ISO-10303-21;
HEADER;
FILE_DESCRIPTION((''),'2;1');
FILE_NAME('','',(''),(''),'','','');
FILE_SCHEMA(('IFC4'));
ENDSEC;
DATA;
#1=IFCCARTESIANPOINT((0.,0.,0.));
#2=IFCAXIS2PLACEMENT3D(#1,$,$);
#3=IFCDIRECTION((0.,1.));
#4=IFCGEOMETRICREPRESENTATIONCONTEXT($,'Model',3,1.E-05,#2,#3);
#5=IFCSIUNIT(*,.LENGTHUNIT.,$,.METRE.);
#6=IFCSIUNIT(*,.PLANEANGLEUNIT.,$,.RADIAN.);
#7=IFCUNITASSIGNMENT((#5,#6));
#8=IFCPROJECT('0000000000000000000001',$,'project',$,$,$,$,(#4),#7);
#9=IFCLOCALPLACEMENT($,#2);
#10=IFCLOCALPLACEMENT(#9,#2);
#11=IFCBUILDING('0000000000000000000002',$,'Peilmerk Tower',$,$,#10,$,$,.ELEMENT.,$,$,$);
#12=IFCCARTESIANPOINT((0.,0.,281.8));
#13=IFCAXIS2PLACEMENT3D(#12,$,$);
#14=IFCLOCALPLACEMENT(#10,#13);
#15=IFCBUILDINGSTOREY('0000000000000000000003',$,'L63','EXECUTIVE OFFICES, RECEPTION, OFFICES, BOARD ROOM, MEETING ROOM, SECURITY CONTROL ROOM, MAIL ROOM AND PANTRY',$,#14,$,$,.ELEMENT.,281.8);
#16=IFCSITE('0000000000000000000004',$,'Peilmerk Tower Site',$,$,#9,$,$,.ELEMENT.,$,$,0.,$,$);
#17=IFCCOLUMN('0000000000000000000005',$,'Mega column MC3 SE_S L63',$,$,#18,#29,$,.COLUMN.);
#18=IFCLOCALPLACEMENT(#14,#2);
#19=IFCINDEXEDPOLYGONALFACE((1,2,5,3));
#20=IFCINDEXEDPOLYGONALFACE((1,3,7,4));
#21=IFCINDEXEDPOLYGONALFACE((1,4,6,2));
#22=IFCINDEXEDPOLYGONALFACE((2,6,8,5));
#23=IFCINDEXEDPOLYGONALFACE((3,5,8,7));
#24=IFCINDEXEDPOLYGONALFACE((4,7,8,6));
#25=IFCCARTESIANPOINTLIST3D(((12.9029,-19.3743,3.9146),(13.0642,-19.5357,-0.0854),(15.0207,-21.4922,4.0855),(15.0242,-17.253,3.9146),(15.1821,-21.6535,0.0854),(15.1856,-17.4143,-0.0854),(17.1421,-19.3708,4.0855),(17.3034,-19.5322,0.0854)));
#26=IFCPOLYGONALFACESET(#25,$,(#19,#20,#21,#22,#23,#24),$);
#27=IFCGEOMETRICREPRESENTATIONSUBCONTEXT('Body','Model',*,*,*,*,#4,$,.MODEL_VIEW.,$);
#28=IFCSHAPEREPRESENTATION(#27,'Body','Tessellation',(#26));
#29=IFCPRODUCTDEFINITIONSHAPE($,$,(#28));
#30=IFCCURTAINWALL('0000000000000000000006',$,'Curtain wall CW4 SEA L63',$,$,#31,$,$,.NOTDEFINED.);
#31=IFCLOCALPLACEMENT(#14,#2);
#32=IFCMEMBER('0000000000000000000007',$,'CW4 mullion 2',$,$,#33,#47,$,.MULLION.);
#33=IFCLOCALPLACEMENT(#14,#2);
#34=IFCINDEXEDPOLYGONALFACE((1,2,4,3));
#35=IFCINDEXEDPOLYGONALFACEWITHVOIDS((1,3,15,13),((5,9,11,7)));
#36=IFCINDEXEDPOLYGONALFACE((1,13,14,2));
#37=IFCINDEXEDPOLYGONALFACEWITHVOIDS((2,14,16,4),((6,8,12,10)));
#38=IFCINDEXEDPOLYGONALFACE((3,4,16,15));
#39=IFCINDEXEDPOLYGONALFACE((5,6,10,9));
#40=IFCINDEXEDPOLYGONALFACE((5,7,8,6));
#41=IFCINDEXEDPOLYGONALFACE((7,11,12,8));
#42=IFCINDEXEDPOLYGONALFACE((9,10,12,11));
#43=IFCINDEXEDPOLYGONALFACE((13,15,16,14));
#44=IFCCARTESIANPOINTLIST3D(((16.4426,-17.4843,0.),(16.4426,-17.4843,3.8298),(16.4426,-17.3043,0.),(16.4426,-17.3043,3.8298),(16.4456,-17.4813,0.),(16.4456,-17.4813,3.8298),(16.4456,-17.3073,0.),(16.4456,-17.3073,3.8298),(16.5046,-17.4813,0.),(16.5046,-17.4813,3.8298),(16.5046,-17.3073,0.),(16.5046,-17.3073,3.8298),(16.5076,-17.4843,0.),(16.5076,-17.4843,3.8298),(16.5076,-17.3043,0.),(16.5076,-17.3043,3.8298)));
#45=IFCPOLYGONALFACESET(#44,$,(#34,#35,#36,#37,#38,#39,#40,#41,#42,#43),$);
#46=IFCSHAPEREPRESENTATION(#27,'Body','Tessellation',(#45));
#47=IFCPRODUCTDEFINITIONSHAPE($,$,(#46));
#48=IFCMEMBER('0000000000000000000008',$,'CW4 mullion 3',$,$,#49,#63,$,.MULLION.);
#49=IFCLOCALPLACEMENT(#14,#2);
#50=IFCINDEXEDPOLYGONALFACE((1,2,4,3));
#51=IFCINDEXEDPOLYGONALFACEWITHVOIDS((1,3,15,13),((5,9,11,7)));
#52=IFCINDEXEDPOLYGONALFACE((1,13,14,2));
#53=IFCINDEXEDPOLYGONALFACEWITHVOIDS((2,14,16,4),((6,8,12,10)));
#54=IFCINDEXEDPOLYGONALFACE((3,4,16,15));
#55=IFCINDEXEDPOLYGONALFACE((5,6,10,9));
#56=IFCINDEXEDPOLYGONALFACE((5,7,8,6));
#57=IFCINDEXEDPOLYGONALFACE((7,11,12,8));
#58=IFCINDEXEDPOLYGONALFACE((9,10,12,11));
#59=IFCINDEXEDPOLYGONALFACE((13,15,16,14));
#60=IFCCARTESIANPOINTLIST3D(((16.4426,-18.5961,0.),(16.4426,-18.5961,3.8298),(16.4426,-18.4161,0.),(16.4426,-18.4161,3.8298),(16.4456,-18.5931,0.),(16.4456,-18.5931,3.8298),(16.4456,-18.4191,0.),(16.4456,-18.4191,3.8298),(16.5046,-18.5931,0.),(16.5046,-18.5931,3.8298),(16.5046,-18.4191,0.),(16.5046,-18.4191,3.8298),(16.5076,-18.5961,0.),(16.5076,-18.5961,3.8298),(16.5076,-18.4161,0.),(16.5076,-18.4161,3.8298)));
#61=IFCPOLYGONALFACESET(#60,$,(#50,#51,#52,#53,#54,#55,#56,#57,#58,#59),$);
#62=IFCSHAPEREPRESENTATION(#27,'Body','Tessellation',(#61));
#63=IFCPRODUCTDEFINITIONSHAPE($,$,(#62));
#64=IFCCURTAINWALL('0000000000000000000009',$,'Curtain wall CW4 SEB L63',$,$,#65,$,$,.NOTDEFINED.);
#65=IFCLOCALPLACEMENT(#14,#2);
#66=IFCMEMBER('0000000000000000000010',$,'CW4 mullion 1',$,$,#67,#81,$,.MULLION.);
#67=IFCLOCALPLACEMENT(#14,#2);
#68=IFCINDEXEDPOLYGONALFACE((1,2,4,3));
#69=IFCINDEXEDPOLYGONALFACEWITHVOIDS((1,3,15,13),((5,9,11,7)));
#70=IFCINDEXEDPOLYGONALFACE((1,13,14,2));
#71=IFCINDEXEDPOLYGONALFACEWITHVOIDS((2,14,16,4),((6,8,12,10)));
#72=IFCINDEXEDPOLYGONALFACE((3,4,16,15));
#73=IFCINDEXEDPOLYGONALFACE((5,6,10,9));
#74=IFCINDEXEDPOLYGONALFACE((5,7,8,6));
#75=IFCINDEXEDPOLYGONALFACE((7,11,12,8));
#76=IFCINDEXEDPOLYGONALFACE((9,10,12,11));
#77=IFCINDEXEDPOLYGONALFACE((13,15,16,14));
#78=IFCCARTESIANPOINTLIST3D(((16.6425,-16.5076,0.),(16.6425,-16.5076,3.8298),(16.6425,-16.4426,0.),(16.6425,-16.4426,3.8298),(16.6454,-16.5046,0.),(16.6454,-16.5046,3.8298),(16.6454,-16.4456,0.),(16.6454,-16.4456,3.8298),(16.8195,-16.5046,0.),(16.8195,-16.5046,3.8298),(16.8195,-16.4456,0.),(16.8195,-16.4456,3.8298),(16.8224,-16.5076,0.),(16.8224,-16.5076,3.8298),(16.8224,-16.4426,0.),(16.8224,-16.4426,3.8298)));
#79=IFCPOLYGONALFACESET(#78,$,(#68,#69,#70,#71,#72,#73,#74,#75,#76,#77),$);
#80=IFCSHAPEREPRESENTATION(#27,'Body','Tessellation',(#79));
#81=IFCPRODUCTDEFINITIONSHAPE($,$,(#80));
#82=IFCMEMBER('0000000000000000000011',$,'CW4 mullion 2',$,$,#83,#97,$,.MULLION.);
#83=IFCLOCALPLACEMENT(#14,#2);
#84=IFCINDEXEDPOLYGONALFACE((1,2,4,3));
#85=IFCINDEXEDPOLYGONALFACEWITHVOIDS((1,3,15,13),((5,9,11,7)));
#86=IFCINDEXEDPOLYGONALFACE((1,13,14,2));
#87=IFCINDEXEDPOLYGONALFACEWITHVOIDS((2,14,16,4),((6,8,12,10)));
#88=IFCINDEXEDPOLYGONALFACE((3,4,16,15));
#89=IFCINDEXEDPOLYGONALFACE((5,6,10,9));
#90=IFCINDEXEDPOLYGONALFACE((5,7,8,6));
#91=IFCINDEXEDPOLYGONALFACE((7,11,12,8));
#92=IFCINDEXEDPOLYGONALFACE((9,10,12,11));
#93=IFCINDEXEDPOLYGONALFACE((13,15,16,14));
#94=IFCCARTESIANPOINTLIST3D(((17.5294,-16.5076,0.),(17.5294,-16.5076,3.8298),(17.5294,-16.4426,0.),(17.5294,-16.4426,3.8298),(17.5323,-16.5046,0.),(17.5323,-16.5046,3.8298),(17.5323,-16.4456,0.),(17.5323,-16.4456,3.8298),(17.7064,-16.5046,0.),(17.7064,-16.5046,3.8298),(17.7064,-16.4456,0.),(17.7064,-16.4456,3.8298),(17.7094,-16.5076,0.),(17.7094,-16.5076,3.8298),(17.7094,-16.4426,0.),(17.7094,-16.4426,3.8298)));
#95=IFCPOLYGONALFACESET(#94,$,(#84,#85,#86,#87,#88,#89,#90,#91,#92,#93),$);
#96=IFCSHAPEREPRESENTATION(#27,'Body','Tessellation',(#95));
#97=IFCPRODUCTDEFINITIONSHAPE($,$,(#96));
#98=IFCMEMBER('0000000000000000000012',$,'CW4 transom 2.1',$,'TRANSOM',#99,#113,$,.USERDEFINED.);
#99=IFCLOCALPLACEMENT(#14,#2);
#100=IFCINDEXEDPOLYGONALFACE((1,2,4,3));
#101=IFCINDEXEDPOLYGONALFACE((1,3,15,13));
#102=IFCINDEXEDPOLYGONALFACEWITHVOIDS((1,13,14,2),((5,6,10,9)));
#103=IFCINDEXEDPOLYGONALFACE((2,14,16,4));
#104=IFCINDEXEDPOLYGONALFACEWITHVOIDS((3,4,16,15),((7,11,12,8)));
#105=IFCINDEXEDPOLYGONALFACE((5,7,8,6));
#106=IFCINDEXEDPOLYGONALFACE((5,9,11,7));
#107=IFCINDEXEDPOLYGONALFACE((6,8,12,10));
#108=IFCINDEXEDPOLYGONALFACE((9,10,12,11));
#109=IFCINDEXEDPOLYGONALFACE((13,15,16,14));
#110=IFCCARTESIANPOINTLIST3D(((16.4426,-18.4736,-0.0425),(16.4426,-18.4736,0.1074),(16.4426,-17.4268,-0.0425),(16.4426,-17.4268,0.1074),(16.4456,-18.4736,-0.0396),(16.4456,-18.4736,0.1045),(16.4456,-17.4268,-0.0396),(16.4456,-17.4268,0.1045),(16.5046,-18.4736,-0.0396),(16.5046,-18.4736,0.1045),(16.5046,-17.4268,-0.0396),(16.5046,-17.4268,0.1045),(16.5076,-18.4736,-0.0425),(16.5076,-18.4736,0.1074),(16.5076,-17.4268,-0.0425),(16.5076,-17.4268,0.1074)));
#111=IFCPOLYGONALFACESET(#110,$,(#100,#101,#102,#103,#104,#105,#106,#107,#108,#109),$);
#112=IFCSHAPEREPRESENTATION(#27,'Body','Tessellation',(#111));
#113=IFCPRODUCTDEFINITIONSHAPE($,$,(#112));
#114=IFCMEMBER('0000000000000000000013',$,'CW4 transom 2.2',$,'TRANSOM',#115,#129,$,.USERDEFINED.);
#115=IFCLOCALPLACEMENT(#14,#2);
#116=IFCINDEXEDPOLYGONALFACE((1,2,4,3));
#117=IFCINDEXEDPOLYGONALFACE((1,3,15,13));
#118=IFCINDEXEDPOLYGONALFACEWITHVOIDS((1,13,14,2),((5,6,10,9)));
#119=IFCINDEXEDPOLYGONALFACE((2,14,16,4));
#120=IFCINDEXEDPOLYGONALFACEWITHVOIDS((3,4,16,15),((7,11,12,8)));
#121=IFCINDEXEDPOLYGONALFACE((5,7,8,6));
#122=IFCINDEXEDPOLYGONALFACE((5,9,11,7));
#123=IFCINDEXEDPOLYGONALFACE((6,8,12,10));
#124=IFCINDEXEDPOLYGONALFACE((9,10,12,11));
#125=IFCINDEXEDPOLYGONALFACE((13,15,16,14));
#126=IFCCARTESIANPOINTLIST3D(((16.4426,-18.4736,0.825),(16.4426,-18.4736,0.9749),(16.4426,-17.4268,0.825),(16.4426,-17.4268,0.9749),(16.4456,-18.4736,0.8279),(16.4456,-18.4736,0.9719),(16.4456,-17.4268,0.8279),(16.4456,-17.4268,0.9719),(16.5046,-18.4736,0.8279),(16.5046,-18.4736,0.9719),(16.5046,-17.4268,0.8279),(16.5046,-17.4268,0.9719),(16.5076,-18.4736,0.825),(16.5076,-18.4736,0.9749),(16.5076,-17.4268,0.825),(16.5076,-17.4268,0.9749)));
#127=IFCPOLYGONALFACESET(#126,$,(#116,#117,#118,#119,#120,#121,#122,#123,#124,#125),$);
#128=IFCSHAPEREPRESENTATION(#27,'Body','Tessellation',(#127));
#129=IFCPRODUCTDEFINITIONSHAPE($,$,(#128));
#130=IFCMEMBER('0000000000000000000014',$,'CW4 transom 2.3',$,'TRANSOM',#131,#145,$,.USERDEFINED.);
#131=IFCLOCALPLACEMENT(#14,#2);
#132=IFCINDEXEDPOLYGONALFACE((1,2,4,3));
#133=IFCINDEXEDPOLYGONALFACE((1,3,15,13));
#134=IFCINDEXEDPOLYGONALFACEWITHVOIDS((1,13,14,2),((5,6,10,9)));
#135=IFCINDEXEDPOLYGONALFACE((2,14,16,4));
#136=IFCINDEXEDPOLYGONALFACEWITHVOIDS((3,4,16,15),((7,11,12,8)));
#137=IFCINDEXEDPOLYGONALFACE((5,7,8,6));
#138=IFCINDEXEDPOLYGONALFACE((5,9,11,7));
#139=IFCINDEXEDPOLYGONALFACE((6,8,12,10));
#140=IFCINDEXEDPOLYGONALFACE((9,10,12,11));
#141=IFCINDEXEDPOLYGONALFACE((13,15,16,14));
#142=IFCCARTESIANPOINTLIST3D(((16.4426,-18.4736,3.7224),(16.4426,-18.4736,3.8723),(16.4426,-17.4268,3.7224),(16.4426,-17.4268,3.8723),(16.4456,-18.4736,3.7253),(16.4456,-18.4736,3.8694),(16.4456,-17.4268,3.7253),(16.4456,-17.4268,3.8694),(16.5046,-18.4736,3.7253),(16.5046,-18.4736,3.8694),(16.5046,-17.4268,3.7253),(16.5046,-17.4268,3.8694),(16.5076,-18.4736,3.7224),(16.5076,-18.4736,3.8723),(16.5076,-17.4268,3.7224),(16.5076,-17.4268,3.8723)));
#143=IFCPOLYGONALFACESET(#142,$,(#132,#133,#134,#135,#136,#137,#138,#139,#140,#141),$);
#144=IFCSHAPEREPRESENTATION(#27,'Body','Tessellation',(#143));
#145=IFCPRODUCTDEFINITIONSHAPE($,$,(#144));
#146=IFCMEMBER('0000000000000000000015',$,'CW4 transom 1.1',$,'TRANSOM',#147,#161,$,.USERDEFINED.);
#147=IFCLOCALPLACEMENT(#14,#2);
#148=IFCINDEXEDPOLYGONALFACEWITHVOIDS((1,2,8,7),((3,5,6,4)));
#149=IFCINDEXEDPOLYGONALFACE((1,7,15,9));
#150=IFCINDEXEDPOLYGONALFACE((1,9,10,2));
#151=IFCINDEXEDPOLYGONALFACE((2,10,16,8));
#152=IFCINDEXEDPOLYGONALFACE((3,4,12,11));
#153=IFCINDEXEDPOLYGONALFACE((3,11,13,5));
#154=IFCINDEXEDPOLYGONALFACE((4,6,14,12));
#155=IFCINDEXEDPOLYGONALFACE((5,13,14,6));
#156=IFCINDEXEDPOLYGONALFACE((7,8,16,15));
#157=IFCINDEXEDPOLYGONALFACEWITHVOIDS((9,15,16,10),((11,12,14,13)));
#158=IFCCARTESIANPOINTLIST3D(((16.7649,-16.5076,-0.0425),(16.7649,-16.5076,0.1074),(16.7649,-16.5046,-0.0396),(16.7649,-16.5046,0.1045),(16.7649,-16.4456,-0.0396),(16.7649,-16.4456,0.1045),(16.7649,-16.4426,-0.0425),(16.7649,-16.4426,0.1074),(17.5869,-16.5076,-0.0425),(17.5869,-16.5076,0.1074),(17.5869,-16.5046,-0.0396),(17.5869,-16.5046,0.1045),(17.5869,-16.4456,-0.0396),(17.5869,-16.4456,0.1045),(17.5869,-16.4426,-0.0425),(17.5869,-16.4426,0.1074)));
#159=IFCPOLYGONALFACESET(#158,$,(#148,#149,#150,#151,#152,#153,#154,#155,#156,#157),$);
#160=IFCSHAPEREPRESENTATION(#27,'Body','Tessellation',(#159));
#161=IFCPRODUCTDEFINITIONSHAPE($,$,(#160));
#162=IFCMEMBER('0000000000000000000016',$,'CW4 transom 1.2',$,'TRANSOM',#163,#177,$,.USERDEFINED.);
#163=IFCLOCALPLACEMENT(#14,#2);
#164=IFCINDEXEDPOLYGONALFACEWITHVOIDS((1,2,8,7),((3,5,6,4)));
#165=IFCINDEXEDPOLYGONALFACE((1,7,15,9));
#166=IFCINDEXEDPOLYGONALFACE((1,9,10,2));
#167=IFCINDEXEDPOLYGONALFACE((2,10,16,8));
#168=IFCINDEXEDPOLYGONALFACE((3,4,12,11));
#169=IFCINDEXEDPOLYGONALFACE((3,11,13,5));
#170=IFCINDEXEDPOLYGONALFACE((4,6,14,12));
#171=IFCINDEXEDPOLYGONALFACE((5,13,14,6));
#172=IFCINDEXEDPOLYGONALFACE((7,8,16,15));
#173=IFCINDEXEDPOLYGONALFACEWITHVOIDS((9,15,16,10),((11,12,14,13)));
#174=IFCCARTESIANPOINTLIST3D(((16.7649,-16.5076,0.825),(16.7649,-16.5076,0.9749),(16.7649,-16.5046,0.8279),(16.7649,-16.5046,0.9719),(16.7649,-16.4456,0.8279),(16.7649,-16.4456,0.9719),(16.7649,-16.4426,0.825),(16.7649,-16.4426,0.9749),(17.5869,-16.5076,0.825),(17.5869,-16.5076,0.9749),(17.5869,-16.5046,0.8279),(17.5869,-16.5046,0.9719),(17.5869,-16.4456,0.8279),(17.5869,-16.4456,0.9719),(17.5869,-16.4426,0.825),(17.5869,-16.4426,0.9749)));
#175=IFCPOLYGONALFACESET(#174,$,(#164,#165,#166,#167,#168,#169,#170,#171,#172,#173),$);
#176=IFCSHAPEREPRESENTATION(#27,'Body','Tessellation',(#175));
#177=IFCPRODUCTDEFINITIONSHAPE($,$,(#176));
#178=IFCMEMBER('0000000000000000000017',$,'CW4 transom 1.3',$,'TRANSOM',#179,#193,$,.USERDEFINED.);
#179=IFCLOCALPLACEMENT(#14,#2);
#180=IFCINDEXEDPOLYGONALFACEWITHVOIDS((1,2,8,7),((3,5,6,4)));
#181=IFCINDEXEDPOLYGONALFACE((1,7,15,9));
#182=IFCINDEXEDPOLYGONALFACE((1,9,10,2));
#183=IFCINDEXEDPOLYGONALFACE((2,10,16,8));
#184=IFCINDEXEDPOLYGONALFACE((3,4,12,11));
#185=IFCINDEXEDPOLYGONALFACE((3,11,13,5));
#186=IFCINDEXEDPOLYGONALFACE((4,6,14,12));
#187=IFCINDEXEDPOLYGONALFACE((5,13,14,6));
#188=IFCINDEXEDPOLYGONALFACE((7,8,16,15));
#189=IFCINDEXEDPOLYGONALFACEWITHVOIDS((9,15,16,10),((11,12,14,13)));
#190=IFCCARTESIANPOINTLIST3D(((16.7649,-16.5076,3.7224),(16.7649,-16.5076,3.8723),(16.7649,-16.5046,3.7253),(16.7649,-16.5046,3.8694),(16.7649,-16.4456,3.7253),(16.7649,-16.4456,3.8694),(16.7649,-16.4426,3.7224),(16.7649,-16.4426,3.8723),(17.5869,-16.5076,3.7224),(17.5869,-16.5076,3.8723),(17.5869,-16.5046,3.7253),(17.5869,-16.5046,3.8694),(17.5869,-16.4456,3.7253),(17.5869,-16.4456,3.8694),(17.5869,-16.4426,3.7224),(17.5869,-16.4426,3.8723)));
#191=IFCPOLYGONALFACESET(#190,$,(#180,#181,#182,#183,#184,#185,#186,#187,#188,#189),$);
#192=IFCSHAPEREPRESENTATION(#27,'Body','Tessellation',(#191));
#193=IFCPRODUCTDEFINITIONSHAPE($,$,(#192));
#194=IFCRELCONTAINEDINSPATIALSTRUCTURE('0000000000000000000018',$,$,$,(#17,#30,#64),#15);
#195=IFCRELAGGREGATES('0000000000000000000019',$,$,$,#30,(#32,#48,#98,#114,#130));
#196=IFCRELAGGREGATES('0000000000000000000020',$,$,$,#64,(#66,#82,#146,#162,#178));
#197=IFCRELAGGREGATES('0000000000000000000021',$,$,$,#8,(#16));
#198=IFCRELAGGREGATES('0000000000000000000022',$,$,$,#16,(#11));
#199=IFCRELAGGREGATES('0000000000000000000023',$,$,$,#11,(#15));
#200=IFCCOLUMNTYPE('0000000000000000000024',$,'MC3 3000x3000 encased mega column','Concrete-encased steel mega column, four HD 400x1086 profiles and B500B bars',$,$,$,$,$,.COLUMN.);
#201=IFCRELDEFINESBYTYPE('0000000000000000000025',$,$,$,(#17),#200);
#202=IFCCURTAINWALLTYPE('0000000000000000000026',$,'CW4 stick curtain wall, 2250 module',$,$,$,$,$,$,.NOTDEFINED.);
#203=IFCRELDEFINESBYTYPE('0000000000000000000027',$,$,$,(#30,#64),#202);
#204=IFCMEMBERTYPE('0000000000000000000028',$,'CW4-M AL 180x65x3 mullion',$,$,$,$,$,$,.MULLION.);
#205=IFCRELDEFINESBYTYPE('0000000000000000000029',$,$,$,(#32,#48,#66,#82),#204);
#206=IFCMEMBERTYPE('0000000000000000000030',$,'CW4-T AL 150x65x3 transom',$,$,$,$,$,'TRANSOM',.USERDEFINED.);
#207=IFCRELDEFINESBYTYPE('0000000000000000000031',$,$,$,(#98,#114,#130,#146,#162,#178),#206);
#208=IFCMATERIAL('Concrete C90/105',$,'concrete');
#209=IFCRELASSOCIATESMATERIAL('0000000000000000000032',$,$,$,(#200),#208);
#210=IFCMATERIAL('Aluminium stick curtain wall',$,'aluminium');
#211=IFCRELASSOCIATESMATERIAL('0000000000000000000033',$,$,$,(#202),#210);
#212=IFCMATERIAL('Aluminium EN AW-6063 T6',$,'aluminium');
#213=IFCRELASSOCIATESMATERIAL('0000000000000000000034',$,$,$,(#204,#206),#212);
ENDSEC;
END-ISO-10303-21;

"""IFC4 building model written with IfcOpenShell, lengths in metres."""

from ifc_helpers import new_model, si_unit, direction, frame, origin, origin_2d, place, context, subcontext, project, spatial, rectangle, hollow_rectangle, extrude, material, material_profile, profile_set, type_object, element, aggregate, save


model = new_model("IFC4")

# Units and contexts
model_context = context("Model", 3, precision=1e-05, world=origin(), true_north=direction((0.0, 1.0)))
body_context = subcontext(model_context, "Body", "Model", "MODEL_VIEW")
ifc_project = project(units=[si_unit("LENGTHUNIT", "METRE"), si_unit("PLANEANGLEUNIT", "RADIAN")], contexts=[model_context])

# Site, building, storey
site_placement = place(None, origin())
site = spatial("IfcSite", under=ifc_project, at=site_placement, Name="Peilmerk Tower Site", CompositionType="ELEMENT", RefElevation=0.0)
building_placement = place(site_placement, origin())
building = spatial("IfcBuilding", under=site, at=building_placement, Name="Peilmerk Tower", CompositionType="ELEMENT")
storey_placement = place(building_placement, frame((0.0, 0.0, 281.8)))
storey = spatial("IfcBuildingStorey", under=building, at=storey_placement, Name="L63", Description="EXECUTIVE OFFICES, RECEPTION, OFFICES, BOARD ROOM, MEETING ROOM, SECURITY CONTROL ROOM, MAIL ROOM AND PANTRY", CompositionType="ELEMENT", Elevation=281.8)

# Column
ifc_material_1 = material(Name="Concrete C90/105", Category="concrete")
ifc_material_profile_1 = material_profile(ifc_material_1, rectangle(XDim=3.0, YDim=3.0, at=origin_2d()), Name="RC 3000x3000")
ifc_profile_set_1 = profile_set([ifc_material_profile_1], Name="Concrete C90/105")
column_type = type_object("IfcColumnType", Name="MC3 3000x3000 encased mega column", Description="Concrete-encased steel mega column, four HD 400x1086 profiles and B500B bars", PredefinedType="COLUMN", material=ifc_profile_set_1)
column_placement = place(storey_placement, frame((15.1838, -19.5339, 0.0), z_axis=(-0.040279, 0.040279, 0.998376), x_axis=(-0.707107, -0.707107, 0.0)))
element("IfcColumn", 1, at=column_placement, inside=storey, type_object=column_type, Name="Mega column MC3 SE_S L63", PredefinedType="COLUMN", context=body_context, shape_type="SweptSolid", body=[
    extrude(rectangle(XDim=3.0, YDim=3.0, at=origin_2d()), origin(), (0.0, 0.0, 1.0), 4.0066),
])

# Curtain walls, members
ifc_material_2 = material(Name="Aluminium stick curtain wall", Category="aluminium")
curtain_wall_type = type_object("IfcCurtainWallType", Name="CW4 stick curtain wall, 2250 module", PredefinedType="NOTDEFINED", material=ifc_material_2)
curtain_wall_1_placement = place(storey_placement, origin())
curtain_wall_1 = element("IfcCurtainWall", 2, at=curtain_wall_1_placement, inside=storey, type_object=curtain_wall_type, Name="Curtain wall CW4 SEA L63", PredefinedType="NOTDEFINED")
ifc_material_3 = material(Name="Aluminium EN AW-6063 T6", Category="aluminium")
ifc_material_profile_2 = material_profile(ifc_material_3, hollow_rectangle(XDim=0.0649, YDim=0.1799, WallThickness=0.0029, at=origin_2d()), Name="AL 180x65x3")
ifc_profile_set_2 = profile_set([ifc_material_profile_2], Name="Aluminium EN AW-6063 T6")
member_type_1 = type_object("IfcMemberType", Name="CW4-M AL 180x65x3 mullion", PredefinedType="MULLION", material=ifc_profile_set_2)
member_1_placement = place(storey_placement, frame((16.4751, -17.3943, 0.0), z_axis=(0.0, 0.0, 1.0), x_axis=(1.0, 0.0, 0.0)))
member_1 = element("IfcMember", 3, at=member_1_placement, type_object=member_type_1, Name="CW4 mullion 2", PredefinedType="MULLION", context=body_context, shape_type="SweptSolid", body=[
    extrude(hollow_rectangle(XDim=0.0649, YDim=0.1799, WallThickness=0.0029, at=origin_2d()), origin(), (0.0, 0.0, 1.0), 3.8298),
])
member_2_placement = place(storey_placement, frame((16.4751, -18.5061, 0.0), z_axis=(0.0, 0.0, 1.0), x_axis=(1.0, 0.0, 0.0)))
member_2 = element("IfcMember", 4, at=member_2_placement, type_object=member_type_1, Name="CW4 mullion 3", PredefinedType="MULLION", context=body_context, shape_type="SweptSolid", body=[
    extrude(hollow_rectangle(XDim=0.0649, YDim=0.1799, WallThickness=0.0029, at=origin_2d()), origin(), (0.0, 0.0, 1.0), 3.8298),
])
curtain_wall_2_placement = place(storey_placement, origin())
curtain_wall_2 = element("IfcCurtainWall", 5, at=curtain_wall_2_placement, inside=storey, type_object=curtain_wall_type, Name="Curtain wall CW4 SEB L63", PredefinedType="NOTDEFINED")
member_3_placement = place(storey_placement, frame((16.7324, -16.4751, 0.0), z_axis=(0.0, 0.0, 1.0), x_axis=(0.0, 1.0, 0.0)))
member_3 = element("IfcMember", 6, at=member_3_placement, type_object=member_type_1, Name="CW4 mullion 1", PredefinedType="MULLION", context=body_context, shape_type="SweptSolid", body=[
    extrude(hollow_rectangle(XDim=0.0649, YDim=0.1799, WallThickness=0.0029, at=origin_2d()), origin(), (0.0, 0.0, 1.0), 3.8298),
])
member_4_placement = place(storey_placement, frame((17.6194, -16.4751, 0.0), z_axis=(0.0, 0.0, 1.0), x_axis=(0.0, 1.0, 0.0)))
member_4 = element("IfcMember", 7, at=member_4_placement, type_object=member_type_1, Name="CW4 mullion 2", PredefinedType="MULLION", context=body_context, shape_type="SweptSolid", body=[
    extrude(hollow_rectangle(XDim=0.0649, YDim=0.1799, WallThickness=0.0029, at=origin_2d()), origin(), (0.0, 0.0, 1.0), 3.8298),
])

# Members
ifc_material_profile_3 = material_profile(ifc_material_3, hollow_rectangle(XDim=0.0649, YDim=0.1499, WallThickness=0.0029, at=origin_2d()), Name="AL 150x65x3")
ifc_profile_set_3 = profile_set([ifc_material_profile_3], Name="Aluminium EN AW-6063 T6")
member_type_2 = type_object("IfcMemberType", Name="CW4-T AL 150x65x3 transom", ElementType="TRANSOM", PredefinedType="USERDEFINED", material=ifc_profile_set_3)
member_5_placement = place(storey_placement, frame((16.4751, -17.4268, 0.0325), z_axis=(0.0, -1.0, 0.0), x_axis=(1.0, 0.0, 0.0)))
member_5 = element("IfcMember", 8, at=member_5_placement, type_object=member_type_2, Name="CW4 transom 2.1", ObjectType="TRANSOM", PredefinedType="USERDEFINED", context=body_context, shape_type="SweptSolid", body=[
    extrude(hollow_rectangle(XDim=0.0649, YDim=0.1499, WallThickness=0.0029, at=origin_2d()), origin(), (0.0, 0.0, 1.0), 1.0469),
])
member_6_placement = place(storey_placement, frame((16.4751, -17.4268, 0.8999), z_axis=(0.0, -1.0, 0.0), x_axis=(1.0, 0.0, 0.0)))
member_6 = element("IfcMember", 9, at=member_6_placement, type_object=member_type_2, Name="CW4 transom 2.2", ObjectType="TRANSOM", PredefinedType="USERDEFINED", context=body_context, shape_type="SweptSolid", body=[
    extrude(hollow_rectangle(XDim=0.0649, YDim=0.1499, WallThickness=0.0029, at=origin_2d()), origin(), (0.0, 0.0, 1.0), 1.0469),
])
member_7_placement = place(storey_placement, frame((16.4751, -17.4268, 3.7974), z_axis=(0.0, -1.0, 0.0), x_axis=(1.0, 0.0, 0.0)))
member_7 = element("IfcMember", 10, at=member_7_placement, type_object=member_type_2, Name="CW4 transom 2.3", ObjectType="TRANSOM", PredefinedType="USERDEFINED", context=body_context, shape_type="SweptSolid", body=[
    extrude(hollow_rectangle(XDim=0.0649, YDim=0.1499, WallThickness=0.0029, at=origin_2d()), origin(), (0.0, 0.0, 1.0), 1.0469),
])
member_8_placement = place(storey_placement, frame((16.7649, -16.4751, 0.0325), z_axis=(1.0, 0.0, 0.0), x_axis=(0.0, 1.0, 0.0)))
member_8 = element("IfcMember", 11, at=member_8_placement, type_object=member_type_2, Name="CW4 transom 1.1", ObjectType="TRANSOM", PredefinedType="USERDEFINED", context=body_context, shape_type="SweptSolid", body=[
    extrude(hollow_rectangle(XDim=0.0649, YDim=0.1499, WallThickness=0.0029, at=origin_2d()), origin(), (0.0, 0.0, 1.0), 0.822),
])
member_9_placement = place(storey_placement, frame((16.7649, -16.4751, 0.8999), z_axis=(1.0, 0.0, 0.0), x_axis=(0.0, 1.0, 0.0)))
member_9 = element("IfcMember", 12, at=member_9_placement, type_object=member_type_2, Name="CW4 transom 1.2", ObjectType="TRANSOM", PredefinedType="USERDEFINED", context=body_context, shape_type="SweptSolid", body=[
    extrude(hollow_rectangle(XDim=0.0649, YDim=0.1499, WallThickness=0.0029, at=origin_2d()), origin(), (0.0, 0.0, 1.0), 0.822),
])
member_10_placement = place(storey_placement, frame((16.7649, -16.4751, 3.7974), z_axis=(1.0, 0.0, 0.0), x_axis=(0.0, 1.0, 0.0)))
member_10 = element("IfcMember", 13, at=member_10_placement, type_object=member_type_2, Name="CW4 transom 1.3", ObjectType="TRANSOM", PredefinedType="USERDEFINED", context=body_context, shape_type="SweptSolid", body=[
    extrude(hollow_rectangle(XDim=0.0649, YDim=0.1499, WallThickness=0.0029, at=origin_2d()), origin(), (0.0, 0.0, 1.0), 0.822),
])

aggregate(curtain_wall_1, [member_1, member_2, member_5, member_6, member_7])
aggregate(curtain_wall_2, [member_3, member_4, member_8, member_9, member_10])

save(model, "model.ifc")
